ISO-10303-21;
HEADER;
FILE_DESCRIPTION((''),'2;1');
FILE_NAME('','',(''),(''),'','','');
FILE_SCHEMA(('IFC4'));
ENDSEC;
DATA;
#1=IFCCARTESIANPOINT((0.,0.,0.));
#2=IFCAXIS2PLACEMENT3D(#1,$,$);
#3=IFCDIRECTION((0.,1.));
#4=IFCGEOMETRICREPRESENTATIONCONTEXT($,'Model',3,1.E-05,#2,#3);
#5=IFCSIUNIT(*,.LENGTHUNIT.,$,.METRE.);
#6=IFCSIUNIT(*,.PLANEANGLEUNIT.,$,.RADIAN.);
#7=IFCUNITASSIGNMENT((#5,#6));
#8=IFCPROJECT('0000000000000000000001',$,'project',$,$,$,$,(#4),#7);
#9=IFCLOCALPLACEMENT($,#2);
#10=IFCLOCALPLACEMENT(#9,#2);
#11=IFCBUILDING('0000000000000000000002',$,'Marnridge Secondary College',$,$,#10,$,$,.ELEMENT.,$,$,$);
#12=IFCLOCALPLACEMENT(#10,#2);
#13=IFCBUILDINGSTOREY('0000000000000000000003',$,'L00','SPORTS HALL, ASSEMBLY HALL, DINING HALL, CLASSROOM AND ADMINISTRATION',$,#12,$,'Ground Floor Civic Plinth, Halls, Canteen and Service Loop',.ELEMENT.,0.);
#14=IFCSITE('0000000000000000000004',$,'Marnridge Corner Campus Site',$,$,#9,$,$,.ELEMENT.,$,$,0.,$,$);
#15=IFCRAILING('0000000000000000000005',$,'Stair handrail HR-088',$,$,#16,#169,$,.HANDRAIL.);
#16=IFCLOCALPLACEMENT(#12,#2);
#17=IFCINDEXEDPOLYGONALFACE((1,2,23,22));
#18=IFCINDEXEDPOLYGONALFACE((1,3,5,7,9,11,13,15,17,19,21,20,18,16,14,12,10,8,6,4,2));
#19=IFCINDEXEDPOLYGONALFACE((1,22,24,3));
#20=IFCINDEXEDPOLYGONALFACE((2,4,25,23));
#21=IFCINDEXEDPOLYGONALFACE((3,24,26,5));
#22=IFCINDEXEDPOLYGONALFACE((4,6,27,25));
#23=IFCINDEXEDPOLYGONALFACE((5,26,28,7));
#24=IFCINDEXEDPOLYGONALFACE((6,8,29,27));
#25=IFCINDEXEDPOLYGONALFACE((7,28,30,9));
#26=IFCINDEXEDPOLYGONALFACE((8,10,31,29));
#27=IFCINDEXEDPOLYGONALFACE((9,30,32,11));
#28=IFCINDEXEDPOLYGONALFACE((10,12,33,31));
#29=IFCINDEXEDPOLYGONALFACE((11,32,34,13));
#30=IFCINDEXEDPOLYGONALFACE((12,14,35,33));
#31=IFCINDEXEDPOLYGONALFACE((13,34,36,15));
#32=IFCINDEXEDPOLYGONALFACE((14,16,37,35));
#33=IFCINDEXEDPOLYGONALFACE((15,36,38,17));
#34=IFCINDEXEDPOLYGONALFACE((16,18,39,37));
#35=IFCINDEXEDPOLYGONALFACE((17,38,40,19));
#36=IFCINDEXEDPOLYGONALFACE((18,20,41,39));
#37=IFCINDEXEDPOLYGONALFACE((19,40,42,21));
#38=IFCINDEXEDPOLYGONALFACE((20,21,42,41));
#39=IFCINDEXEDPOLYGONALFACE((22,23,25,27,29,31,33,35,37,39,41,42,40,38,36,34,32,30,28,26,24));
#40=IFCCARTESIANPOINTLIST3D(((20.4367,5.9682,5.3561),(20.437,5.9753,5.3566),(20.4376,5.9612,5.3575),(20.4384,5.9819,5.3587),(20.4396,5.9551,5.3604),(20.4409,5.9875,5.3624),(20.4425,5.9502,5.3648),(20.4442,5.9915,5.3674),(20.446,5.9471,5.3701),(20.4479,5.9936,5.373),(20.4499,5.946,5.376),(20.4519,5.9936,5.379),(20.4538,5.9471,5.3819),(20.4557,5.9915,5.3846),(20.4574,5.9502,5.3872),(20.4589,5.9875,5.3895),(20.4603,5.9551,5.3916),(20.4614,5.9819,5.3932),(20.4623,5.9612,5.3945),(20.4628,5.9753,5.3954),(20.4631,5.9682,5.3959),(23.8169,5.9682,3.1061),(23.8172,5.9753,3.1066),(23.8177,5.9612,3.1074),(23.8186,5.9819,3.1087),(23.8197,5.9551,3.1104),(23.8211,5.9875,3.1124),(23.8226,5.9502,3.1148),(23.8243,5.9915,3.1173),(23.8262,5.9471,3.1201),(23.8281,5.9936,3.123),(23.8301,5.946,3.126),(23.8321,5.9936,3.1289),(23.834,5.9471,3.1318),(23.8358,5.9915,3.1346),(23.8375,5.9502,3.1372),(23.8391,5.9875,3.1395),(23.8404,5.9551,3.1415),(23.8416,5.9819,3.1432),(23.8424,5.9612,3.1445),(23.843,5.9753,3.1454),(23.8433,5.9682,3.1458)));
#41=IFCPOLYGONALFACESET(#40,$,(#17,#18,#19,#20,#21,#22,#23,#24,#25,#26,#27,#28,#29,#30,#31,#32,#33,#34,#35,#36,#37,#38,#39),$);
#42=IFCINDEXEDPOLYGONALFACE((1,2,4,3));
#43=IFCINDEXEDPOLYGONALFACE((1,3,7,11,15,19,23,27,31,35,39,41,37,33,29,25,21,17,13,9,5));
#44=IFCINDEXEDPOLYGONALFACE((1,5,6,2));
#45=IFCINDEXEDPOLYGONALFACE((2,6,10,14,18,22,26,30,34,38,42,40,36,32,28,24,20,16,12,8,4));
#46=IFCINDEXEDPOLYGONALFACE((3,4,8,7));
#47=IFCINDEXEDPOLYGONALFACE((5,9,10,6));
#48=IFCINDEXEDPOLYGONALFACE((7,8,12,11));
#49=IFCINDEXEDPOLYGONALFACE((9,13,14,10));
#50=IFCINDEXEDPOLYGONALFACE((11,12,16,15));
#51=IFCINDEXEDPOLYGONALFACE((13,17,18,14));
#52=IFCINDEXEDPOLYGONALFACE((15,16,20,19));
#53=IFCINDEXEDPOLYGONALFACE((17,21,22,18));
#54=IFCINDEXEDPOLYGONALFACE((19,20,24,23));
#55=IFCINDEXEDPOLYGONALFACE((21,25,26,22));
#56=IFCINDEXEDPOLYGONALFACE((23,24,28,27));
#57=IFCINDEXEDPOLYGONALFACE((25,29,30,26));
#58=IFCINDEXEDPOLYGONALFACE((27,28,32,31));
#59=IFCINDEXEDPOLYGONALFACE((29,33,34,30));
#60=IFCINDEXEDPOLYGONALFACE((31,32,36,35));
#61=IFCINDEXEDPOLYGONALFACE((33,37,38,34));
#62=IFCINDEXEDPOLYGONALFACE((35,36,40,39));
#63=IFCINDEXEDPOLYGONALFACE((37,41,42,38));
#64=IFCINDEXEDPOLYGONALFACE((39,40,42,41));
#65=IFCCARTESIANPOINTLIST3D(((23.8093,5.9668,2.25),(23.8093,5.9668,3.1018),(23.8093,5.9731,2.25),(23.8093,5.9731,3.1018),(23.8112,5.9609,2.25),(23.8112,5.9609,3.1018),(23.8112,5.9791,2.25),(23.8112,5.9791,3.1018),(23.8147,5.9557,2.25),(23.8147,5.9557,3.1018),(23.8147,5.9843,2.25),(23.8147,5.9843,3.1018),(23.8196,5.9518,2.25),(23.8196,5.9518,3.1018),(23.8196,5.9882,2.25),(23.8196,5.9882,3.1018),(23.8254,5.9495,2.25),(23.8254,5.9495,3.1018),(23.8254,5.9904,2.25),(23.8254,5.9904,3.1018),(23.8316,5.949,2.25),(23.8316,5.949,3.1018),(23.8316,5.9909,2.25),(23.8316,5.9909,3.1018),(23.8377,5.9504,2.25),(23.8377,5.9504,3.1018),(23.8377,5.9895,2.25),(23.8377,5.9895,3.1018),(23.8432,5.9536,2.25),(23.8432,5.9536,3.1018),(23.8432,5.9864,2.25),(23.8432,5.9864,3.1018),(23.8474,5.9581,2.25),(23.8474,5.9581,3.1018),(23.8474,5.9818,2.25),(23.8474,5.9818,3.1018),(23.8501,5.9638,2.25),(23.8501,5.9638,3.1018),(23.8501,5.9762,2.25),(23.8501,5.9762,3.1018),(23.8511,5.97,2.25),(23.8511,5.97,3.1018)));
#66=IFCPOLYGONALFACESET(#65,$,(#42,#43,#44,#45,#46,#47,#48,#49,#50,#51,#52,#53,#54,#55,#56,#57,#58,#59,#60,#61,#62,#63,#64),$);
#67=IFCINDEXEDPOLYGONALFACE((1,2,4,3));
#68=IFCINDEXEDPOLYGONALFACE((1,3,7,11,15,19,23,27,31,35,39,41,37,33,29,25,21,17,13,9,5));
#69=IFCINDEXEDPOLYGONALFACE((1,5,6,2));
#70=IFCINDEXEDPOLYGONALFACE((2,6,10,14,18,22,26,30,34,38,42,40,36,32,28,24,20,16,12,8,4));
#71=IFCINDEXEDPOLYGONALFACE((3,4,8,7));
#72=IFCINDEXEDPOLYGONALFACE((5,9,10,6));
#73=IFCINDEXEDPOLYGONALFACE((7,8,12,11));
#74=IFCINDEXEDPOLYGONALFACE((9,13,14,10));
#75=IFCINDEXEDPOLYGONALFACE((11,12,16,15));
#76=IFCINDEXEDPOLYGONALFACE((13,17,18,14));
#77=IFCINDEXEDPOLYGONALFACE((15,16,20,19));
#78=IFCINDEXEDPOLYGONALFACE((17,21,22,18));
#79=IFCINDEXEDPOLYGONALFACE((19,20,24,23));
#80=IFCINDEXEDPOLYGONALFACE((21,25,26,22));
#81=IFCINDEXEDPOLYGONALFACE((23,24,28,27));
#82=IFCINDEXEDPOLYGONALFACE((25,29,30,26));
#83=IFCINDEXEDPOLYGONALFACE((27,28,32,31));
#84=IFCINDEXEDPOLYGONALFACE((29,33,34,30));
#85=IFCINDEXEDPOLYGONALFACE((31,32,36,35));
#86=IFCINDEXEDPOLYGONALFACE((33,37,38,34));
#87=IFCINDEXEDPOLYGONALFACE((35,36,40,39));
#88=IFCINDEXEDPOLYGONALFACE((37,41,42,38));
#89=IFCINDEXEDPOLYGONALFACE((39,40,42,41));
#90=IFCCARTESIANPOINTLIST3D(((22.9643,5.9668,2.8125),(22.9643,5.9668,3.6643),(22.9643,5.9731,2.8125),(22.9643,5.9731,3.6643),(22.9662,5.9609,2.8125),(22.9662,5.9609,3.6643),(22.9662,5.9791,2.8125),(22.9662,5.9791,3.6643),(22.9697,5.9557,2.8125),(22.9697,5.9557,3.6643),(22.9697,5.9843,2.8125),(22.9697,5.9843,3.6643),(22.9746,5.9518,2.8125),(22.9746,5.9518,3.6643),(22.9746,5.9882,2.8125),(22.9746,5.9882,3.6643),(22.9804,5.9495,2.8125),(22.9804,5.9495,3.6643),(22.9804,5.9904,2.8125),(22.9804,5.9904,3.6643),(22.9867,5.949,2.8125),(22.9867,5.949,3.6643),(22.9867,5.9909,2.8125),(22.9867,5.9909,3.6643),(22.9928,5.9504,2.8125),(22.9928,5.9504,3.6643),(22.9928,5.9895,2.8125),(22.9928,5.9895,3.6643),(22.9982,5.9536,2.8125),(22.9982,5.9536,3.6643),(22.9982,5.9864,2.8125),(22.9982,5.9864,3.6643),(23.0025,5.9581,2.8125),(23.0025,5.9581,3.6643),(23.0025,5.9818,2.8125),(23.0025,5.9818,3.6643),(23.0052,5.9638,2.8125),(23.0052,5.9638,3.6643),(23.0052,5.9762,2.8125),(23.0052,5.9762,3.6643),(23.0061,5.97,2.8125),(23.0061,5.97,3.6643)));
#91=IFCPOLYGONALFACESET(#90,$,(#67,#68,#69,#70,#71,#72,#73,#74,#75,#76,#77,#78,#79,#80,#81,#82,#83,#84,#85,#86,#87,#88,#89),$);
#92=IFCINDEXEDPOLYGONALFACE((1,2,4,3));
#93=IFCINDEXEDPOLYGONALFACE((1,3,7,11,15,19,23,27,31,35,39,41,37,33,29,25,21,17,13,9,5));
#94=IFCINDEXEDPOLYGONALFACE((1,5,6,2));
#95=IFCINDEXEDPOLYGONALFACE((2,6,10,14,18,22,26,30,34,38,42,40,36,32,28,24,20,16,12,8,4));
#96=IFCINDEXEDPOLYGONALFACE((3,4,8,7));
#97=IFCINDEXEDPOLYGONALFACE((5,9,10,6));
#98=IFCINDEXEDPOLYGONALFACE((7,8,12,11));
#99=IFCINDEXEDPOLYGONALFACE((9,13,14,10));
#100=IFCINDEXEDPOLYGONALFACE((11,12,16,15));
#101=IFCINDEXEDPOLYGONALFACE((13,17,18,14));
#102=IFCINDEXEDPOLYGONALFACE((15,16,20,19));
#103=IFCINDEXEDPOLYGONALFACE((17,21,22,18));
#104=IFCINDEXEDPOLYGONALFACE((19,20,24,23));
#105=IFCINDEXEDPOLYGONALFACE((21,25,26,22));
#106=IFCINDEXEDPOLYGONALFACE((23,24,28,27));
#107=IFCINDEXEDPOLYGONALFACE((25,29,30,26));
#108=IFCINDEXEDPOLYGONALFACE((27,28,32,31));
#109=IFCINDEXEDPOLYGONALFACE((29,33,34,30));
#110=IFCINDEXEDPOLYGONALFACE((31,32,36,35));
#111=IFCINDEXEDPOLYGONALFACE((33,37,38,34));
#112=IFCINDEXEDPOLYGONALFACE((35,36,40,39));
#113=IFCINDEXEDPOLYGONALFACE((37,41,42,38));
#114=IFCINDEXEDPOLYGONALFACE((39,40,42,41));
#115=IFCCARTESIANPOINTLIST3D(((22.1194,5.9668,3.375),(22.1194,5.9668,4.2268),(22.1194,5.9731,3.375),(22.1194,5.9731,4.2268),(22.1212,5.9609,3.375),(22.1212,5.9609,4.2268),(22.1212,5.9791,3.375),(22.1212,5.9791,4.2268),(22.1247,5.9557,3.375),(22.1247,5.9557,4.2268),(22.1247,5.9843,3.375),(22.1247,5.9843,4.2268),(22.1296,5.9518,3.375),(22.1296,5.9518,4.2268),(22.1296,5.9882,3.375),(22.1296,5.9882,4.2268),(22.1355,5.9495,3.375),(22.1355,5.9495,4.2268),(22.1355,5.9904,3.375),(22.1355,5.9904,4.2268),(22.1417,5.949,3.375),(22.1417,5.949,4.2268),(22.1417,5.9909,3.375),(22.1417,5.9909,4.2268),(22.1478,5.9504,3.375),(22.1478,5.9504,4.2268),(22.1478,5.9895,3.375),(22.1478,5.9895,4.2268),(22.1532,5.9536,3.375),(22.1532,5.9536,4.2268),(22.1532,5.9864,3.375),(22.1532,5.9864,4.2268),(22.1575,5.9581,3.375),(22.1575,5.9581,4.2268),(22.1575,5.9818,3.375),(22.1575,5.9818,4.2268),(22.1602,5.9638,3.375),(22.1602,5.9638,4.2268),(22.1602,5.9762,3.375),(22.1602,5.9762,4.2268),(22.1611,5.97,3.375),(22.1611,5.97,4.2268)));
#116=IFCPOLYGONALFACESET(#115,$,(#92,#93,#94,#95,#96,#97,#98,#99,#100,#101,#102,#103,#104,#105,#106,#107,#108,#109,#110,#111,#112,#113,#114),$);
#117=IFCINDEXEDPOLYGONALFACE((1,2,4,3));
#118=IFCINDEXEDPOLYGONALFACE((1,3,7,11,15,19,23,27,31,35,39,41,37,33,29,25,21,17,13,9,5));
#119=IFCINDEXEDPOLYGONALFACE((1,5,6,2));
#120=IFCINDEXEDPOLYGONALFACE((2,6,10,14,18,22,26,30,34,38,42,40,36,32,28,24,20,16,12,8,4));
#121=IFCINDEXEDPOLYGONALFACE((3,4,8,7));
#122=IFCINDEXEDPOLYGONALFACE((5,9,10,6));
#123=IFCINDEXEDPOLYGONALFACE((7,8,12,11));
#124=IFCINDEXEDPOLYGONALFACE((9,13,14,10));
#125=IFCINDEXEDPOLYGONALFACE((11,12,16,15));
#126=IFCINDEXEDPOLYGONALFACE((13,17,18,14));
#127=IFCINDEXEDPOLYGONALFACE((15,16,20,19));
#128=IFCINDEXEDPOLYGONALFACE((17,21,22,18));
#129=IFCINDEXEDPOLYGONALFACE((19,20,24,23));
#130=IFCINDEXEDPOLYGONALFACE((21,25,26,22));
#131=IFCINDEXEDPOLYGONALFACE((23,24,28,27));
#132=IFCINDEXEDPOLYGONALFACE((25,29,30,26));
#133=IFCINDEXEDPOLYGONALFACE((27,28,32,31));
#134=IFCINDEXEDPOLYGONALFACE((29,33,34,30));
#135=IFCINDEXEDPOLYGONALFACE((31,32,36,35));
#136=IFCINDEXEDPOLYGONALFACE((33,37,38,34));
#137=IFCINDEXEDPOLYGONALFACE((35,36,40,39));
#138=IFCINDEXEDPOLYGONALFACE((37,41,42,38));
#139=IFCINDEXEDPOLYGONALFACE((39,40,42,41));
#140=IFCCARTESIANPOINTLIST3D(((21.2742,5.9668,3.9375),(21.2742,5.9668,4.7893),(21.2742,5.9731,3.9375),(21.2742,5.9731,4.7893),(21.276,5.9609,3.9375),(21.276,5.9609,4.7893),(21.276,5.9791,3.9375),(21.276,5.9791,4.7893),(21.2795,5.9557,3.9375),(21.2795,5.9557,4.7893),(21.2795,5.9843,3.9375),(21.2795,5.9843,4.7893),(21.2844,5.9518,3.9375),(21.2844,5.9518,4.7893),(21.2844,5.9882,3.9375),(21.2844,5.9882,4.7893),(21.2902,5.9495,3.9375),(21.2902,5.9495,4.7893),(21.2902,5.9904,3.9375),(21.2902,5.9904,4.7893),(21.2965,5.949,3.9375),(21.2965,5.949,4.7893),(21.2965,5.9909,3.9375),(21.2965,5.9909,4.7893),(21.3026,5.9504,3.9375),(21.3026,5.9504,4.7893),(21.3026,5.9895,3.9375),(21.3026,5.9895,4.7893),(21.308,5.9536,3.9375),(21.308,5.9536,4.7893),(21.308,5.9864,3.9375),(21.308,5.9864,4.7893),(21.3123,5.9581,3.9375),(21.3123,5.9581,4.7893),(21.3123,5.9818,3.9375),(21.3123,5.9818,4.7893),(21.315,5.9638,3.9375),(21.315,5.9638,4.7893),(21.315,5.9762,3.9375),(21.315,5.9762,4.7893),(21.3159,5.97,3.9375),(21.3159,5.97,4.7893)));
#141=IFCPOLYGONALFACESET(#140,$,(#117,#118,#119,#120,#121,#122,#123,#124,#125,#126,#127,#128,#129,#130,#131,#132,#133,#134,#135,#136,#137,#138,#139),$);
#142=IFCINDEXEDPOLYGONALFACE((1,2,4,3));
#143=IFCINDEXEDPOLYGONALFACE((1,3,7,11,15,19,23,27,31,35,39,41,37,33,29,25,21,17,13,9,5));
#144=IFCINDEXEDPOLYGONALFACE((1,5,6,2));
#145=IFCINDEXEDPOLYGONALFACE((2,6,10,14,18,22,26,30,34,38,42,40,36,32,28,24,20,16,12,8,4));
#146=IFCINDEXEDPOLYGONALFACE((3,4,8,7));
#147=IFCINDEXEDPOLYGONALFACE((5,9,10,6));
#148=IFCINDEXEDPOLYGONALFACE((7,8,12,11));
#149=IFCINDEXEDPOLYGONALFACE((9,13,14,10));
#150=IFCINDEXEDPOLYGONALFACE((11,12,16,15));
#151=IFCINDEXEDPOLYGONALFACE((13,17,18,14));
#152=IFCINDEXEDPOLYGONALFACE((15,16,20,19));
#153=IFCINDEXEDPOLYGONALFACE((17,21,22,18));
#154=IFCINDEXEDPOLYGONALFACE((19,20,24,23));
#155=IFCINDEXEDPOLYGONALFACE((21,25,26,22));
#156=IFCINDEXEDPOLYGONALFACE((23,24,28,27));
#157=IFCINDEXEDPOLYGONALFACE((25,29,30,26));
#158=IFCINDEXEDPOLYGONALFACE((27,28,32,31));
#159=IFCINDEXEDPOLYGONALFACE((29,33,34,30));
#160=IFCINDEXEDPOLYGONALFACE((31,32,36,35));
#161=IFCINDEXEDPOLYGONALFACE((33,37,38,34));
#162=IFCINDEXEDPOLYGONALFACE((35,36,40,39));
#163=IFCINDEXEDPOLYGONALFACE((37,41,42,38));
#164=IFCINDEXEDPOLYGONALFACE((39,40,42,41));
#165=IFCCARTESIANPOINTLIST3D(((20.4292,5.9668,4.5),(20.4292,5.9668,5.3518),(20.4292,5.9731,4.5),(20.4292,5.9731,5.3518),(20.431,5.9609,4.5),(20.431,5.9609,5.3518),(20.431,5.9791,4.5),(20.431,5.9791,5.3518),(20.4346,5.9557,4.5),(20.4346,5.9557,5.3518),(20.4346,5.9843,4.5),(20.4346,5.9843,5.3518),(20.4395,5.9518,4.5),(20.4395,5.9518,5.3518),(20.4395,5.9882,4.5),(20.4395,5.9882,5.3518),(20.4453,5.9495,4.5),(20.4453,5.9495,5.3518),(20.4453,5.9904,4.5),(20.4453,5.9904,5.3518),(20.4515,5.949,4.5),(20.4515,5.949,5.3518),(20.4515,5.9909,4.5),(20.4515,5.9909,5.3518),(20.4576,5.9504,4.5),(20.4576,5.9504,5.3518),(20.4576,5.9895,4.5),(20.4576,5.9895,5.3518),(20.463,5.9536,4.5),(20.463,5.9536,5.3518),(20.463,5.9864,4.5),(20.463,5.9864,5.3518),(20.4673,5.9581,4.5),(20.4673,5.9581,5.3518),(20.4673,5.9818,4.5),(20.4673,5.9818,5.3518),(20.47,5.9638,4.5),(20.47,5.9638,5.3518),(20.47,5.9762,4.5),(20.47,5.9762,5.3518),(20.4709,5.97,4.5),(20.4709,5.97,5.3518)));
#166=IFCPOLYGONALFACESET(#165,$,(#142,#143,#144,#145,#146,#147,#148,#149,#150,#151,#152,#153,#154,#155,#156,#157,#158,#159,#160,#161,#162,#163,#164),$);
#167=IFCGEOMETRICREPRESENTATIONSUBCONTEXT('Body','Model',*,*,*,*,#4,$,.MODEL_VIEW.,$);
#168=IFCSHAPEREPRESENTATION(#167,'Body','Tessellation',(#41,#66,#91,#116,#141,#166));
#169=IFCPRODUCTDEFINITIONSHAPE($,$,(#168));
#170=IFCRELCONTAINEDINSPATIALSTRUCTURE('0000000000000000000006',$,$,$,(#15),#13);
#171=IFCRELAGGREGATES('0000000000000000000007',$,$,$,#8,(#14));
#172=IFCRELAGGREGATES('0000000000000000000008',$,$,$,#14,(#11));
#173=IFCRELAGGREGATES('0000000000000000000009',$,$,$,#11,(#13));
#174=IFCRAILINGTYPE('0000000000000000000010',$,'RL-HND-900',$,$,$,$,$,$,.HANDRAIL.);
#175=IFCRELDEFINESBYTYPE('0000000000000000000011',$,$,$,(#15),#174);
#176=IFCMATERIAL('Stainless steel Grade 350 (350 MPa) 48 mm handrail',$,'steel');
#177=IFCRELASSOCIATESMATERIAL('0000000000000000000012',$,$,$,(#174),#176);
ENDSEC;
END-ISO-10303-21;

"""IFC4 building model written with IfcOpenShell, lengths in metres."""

from ifc_helpers import new_model, si_unit, direction, frame, origin, origin_2d, place, context, subcontext, project, spatial, circle, extrude, material, type_object, element, save


model = new_model("IFC4")

# Units and contexts
model_context = context("Model", 3, precision=1e-05, world=origin(), true_north=direction((0.0, 1.0)))
body_context = subcontext(model_context, "Body", "Model", "MODEL_VIEW")
ifc_project = project(units=[si_unit("LENGTHUNIT", "METRE"), si_unit("PLANEANGLEUNIT", "RADIAN")], contexts=[model_context])

# Site, building, storey
site_placement = place(None, origin())
site = spatial("IfcSite", under=ifc_project, at=site_placement, Name="Marnridge Corner Campus Site", CompositionType="ELEMENT", RefElevation=0.0)
building_placement = place(site_placement, origin())
building = spatial("IfcBuilding", under=site, at=building_placement, Name="Marnridge Secondary College", CompositionType="ELEMENT")
storey_placement = place(building_placement, origin())
storey = spatial("IfcBuildingStorey", under=building, at=storey_placement, Name="L00", Description="SPORTS HALL, ASSEMBLY HALL, DINING HALL, CLASSROOM AND ADMINISTRATION", LongName="Ground Floor Civic Plinth, Halls, Canteen and Service Loop", CompositionType="ELEMENT", Elevation=0.0)

# Railing
ifc_material_1 = material(Name="Stainless steel Grade 350 (350 MPa) 48 mm handrail", Category="steel")
railing_type = type_object("IfcRailingType", Name="RL-HND-900", PredefinedType="HANDRAIL", material=ifc_material_1)
railing_placement = place(storey_placement, frame((23.8301, 5.97, 2.25)))
element("IfcRailing", 1, at=railing_placement, inside=storey, type_object=railing_type, Name="Stair handrail HR-088", PredefinedType="HANDRAIL", context=body_context, shape_type="SweptSolid", body=[
    extrude(circle(Radius=0.0239, at=origin_2d()), frame((0.0, 0.0, 0.876), z_axis=(-0.832439, 0.0, 0.554117), x_axis=(0.0, -1.0, 0.0)), (0.0, 0.0, 1.0), 4.0605),
    extrude(circle(Radius=0.021, at=origin_2d()), origin(), (0.0, 0.0, 1.0), 0.8518),
    extrude(circle(Radius=0.021, at=origin_2d()), frame((-0.845, 0.0, 0.5625)), (0.0, 0.0, 1.0), 0.8518),
    extrude(circle(Radius=0.021, at=origin_2d()), frame((-1.6899, 0.0, 1.125)), (0.0, 0.0, 1.0), 0.8518),
    extrude(circle(Radius=0.021, at=origin_2d()), frame((-2.5352, 0.0, 1.6875)), (0.0, 0.0, 1.0), 0.8518),
    extrude(circle(Radius=0.021, at=origin_2d()), frame((-3.3801, 0.0, 2.25)), (0.0, 0.0, 1.0), 0.8518),
])

save(model, "model.ifc")
